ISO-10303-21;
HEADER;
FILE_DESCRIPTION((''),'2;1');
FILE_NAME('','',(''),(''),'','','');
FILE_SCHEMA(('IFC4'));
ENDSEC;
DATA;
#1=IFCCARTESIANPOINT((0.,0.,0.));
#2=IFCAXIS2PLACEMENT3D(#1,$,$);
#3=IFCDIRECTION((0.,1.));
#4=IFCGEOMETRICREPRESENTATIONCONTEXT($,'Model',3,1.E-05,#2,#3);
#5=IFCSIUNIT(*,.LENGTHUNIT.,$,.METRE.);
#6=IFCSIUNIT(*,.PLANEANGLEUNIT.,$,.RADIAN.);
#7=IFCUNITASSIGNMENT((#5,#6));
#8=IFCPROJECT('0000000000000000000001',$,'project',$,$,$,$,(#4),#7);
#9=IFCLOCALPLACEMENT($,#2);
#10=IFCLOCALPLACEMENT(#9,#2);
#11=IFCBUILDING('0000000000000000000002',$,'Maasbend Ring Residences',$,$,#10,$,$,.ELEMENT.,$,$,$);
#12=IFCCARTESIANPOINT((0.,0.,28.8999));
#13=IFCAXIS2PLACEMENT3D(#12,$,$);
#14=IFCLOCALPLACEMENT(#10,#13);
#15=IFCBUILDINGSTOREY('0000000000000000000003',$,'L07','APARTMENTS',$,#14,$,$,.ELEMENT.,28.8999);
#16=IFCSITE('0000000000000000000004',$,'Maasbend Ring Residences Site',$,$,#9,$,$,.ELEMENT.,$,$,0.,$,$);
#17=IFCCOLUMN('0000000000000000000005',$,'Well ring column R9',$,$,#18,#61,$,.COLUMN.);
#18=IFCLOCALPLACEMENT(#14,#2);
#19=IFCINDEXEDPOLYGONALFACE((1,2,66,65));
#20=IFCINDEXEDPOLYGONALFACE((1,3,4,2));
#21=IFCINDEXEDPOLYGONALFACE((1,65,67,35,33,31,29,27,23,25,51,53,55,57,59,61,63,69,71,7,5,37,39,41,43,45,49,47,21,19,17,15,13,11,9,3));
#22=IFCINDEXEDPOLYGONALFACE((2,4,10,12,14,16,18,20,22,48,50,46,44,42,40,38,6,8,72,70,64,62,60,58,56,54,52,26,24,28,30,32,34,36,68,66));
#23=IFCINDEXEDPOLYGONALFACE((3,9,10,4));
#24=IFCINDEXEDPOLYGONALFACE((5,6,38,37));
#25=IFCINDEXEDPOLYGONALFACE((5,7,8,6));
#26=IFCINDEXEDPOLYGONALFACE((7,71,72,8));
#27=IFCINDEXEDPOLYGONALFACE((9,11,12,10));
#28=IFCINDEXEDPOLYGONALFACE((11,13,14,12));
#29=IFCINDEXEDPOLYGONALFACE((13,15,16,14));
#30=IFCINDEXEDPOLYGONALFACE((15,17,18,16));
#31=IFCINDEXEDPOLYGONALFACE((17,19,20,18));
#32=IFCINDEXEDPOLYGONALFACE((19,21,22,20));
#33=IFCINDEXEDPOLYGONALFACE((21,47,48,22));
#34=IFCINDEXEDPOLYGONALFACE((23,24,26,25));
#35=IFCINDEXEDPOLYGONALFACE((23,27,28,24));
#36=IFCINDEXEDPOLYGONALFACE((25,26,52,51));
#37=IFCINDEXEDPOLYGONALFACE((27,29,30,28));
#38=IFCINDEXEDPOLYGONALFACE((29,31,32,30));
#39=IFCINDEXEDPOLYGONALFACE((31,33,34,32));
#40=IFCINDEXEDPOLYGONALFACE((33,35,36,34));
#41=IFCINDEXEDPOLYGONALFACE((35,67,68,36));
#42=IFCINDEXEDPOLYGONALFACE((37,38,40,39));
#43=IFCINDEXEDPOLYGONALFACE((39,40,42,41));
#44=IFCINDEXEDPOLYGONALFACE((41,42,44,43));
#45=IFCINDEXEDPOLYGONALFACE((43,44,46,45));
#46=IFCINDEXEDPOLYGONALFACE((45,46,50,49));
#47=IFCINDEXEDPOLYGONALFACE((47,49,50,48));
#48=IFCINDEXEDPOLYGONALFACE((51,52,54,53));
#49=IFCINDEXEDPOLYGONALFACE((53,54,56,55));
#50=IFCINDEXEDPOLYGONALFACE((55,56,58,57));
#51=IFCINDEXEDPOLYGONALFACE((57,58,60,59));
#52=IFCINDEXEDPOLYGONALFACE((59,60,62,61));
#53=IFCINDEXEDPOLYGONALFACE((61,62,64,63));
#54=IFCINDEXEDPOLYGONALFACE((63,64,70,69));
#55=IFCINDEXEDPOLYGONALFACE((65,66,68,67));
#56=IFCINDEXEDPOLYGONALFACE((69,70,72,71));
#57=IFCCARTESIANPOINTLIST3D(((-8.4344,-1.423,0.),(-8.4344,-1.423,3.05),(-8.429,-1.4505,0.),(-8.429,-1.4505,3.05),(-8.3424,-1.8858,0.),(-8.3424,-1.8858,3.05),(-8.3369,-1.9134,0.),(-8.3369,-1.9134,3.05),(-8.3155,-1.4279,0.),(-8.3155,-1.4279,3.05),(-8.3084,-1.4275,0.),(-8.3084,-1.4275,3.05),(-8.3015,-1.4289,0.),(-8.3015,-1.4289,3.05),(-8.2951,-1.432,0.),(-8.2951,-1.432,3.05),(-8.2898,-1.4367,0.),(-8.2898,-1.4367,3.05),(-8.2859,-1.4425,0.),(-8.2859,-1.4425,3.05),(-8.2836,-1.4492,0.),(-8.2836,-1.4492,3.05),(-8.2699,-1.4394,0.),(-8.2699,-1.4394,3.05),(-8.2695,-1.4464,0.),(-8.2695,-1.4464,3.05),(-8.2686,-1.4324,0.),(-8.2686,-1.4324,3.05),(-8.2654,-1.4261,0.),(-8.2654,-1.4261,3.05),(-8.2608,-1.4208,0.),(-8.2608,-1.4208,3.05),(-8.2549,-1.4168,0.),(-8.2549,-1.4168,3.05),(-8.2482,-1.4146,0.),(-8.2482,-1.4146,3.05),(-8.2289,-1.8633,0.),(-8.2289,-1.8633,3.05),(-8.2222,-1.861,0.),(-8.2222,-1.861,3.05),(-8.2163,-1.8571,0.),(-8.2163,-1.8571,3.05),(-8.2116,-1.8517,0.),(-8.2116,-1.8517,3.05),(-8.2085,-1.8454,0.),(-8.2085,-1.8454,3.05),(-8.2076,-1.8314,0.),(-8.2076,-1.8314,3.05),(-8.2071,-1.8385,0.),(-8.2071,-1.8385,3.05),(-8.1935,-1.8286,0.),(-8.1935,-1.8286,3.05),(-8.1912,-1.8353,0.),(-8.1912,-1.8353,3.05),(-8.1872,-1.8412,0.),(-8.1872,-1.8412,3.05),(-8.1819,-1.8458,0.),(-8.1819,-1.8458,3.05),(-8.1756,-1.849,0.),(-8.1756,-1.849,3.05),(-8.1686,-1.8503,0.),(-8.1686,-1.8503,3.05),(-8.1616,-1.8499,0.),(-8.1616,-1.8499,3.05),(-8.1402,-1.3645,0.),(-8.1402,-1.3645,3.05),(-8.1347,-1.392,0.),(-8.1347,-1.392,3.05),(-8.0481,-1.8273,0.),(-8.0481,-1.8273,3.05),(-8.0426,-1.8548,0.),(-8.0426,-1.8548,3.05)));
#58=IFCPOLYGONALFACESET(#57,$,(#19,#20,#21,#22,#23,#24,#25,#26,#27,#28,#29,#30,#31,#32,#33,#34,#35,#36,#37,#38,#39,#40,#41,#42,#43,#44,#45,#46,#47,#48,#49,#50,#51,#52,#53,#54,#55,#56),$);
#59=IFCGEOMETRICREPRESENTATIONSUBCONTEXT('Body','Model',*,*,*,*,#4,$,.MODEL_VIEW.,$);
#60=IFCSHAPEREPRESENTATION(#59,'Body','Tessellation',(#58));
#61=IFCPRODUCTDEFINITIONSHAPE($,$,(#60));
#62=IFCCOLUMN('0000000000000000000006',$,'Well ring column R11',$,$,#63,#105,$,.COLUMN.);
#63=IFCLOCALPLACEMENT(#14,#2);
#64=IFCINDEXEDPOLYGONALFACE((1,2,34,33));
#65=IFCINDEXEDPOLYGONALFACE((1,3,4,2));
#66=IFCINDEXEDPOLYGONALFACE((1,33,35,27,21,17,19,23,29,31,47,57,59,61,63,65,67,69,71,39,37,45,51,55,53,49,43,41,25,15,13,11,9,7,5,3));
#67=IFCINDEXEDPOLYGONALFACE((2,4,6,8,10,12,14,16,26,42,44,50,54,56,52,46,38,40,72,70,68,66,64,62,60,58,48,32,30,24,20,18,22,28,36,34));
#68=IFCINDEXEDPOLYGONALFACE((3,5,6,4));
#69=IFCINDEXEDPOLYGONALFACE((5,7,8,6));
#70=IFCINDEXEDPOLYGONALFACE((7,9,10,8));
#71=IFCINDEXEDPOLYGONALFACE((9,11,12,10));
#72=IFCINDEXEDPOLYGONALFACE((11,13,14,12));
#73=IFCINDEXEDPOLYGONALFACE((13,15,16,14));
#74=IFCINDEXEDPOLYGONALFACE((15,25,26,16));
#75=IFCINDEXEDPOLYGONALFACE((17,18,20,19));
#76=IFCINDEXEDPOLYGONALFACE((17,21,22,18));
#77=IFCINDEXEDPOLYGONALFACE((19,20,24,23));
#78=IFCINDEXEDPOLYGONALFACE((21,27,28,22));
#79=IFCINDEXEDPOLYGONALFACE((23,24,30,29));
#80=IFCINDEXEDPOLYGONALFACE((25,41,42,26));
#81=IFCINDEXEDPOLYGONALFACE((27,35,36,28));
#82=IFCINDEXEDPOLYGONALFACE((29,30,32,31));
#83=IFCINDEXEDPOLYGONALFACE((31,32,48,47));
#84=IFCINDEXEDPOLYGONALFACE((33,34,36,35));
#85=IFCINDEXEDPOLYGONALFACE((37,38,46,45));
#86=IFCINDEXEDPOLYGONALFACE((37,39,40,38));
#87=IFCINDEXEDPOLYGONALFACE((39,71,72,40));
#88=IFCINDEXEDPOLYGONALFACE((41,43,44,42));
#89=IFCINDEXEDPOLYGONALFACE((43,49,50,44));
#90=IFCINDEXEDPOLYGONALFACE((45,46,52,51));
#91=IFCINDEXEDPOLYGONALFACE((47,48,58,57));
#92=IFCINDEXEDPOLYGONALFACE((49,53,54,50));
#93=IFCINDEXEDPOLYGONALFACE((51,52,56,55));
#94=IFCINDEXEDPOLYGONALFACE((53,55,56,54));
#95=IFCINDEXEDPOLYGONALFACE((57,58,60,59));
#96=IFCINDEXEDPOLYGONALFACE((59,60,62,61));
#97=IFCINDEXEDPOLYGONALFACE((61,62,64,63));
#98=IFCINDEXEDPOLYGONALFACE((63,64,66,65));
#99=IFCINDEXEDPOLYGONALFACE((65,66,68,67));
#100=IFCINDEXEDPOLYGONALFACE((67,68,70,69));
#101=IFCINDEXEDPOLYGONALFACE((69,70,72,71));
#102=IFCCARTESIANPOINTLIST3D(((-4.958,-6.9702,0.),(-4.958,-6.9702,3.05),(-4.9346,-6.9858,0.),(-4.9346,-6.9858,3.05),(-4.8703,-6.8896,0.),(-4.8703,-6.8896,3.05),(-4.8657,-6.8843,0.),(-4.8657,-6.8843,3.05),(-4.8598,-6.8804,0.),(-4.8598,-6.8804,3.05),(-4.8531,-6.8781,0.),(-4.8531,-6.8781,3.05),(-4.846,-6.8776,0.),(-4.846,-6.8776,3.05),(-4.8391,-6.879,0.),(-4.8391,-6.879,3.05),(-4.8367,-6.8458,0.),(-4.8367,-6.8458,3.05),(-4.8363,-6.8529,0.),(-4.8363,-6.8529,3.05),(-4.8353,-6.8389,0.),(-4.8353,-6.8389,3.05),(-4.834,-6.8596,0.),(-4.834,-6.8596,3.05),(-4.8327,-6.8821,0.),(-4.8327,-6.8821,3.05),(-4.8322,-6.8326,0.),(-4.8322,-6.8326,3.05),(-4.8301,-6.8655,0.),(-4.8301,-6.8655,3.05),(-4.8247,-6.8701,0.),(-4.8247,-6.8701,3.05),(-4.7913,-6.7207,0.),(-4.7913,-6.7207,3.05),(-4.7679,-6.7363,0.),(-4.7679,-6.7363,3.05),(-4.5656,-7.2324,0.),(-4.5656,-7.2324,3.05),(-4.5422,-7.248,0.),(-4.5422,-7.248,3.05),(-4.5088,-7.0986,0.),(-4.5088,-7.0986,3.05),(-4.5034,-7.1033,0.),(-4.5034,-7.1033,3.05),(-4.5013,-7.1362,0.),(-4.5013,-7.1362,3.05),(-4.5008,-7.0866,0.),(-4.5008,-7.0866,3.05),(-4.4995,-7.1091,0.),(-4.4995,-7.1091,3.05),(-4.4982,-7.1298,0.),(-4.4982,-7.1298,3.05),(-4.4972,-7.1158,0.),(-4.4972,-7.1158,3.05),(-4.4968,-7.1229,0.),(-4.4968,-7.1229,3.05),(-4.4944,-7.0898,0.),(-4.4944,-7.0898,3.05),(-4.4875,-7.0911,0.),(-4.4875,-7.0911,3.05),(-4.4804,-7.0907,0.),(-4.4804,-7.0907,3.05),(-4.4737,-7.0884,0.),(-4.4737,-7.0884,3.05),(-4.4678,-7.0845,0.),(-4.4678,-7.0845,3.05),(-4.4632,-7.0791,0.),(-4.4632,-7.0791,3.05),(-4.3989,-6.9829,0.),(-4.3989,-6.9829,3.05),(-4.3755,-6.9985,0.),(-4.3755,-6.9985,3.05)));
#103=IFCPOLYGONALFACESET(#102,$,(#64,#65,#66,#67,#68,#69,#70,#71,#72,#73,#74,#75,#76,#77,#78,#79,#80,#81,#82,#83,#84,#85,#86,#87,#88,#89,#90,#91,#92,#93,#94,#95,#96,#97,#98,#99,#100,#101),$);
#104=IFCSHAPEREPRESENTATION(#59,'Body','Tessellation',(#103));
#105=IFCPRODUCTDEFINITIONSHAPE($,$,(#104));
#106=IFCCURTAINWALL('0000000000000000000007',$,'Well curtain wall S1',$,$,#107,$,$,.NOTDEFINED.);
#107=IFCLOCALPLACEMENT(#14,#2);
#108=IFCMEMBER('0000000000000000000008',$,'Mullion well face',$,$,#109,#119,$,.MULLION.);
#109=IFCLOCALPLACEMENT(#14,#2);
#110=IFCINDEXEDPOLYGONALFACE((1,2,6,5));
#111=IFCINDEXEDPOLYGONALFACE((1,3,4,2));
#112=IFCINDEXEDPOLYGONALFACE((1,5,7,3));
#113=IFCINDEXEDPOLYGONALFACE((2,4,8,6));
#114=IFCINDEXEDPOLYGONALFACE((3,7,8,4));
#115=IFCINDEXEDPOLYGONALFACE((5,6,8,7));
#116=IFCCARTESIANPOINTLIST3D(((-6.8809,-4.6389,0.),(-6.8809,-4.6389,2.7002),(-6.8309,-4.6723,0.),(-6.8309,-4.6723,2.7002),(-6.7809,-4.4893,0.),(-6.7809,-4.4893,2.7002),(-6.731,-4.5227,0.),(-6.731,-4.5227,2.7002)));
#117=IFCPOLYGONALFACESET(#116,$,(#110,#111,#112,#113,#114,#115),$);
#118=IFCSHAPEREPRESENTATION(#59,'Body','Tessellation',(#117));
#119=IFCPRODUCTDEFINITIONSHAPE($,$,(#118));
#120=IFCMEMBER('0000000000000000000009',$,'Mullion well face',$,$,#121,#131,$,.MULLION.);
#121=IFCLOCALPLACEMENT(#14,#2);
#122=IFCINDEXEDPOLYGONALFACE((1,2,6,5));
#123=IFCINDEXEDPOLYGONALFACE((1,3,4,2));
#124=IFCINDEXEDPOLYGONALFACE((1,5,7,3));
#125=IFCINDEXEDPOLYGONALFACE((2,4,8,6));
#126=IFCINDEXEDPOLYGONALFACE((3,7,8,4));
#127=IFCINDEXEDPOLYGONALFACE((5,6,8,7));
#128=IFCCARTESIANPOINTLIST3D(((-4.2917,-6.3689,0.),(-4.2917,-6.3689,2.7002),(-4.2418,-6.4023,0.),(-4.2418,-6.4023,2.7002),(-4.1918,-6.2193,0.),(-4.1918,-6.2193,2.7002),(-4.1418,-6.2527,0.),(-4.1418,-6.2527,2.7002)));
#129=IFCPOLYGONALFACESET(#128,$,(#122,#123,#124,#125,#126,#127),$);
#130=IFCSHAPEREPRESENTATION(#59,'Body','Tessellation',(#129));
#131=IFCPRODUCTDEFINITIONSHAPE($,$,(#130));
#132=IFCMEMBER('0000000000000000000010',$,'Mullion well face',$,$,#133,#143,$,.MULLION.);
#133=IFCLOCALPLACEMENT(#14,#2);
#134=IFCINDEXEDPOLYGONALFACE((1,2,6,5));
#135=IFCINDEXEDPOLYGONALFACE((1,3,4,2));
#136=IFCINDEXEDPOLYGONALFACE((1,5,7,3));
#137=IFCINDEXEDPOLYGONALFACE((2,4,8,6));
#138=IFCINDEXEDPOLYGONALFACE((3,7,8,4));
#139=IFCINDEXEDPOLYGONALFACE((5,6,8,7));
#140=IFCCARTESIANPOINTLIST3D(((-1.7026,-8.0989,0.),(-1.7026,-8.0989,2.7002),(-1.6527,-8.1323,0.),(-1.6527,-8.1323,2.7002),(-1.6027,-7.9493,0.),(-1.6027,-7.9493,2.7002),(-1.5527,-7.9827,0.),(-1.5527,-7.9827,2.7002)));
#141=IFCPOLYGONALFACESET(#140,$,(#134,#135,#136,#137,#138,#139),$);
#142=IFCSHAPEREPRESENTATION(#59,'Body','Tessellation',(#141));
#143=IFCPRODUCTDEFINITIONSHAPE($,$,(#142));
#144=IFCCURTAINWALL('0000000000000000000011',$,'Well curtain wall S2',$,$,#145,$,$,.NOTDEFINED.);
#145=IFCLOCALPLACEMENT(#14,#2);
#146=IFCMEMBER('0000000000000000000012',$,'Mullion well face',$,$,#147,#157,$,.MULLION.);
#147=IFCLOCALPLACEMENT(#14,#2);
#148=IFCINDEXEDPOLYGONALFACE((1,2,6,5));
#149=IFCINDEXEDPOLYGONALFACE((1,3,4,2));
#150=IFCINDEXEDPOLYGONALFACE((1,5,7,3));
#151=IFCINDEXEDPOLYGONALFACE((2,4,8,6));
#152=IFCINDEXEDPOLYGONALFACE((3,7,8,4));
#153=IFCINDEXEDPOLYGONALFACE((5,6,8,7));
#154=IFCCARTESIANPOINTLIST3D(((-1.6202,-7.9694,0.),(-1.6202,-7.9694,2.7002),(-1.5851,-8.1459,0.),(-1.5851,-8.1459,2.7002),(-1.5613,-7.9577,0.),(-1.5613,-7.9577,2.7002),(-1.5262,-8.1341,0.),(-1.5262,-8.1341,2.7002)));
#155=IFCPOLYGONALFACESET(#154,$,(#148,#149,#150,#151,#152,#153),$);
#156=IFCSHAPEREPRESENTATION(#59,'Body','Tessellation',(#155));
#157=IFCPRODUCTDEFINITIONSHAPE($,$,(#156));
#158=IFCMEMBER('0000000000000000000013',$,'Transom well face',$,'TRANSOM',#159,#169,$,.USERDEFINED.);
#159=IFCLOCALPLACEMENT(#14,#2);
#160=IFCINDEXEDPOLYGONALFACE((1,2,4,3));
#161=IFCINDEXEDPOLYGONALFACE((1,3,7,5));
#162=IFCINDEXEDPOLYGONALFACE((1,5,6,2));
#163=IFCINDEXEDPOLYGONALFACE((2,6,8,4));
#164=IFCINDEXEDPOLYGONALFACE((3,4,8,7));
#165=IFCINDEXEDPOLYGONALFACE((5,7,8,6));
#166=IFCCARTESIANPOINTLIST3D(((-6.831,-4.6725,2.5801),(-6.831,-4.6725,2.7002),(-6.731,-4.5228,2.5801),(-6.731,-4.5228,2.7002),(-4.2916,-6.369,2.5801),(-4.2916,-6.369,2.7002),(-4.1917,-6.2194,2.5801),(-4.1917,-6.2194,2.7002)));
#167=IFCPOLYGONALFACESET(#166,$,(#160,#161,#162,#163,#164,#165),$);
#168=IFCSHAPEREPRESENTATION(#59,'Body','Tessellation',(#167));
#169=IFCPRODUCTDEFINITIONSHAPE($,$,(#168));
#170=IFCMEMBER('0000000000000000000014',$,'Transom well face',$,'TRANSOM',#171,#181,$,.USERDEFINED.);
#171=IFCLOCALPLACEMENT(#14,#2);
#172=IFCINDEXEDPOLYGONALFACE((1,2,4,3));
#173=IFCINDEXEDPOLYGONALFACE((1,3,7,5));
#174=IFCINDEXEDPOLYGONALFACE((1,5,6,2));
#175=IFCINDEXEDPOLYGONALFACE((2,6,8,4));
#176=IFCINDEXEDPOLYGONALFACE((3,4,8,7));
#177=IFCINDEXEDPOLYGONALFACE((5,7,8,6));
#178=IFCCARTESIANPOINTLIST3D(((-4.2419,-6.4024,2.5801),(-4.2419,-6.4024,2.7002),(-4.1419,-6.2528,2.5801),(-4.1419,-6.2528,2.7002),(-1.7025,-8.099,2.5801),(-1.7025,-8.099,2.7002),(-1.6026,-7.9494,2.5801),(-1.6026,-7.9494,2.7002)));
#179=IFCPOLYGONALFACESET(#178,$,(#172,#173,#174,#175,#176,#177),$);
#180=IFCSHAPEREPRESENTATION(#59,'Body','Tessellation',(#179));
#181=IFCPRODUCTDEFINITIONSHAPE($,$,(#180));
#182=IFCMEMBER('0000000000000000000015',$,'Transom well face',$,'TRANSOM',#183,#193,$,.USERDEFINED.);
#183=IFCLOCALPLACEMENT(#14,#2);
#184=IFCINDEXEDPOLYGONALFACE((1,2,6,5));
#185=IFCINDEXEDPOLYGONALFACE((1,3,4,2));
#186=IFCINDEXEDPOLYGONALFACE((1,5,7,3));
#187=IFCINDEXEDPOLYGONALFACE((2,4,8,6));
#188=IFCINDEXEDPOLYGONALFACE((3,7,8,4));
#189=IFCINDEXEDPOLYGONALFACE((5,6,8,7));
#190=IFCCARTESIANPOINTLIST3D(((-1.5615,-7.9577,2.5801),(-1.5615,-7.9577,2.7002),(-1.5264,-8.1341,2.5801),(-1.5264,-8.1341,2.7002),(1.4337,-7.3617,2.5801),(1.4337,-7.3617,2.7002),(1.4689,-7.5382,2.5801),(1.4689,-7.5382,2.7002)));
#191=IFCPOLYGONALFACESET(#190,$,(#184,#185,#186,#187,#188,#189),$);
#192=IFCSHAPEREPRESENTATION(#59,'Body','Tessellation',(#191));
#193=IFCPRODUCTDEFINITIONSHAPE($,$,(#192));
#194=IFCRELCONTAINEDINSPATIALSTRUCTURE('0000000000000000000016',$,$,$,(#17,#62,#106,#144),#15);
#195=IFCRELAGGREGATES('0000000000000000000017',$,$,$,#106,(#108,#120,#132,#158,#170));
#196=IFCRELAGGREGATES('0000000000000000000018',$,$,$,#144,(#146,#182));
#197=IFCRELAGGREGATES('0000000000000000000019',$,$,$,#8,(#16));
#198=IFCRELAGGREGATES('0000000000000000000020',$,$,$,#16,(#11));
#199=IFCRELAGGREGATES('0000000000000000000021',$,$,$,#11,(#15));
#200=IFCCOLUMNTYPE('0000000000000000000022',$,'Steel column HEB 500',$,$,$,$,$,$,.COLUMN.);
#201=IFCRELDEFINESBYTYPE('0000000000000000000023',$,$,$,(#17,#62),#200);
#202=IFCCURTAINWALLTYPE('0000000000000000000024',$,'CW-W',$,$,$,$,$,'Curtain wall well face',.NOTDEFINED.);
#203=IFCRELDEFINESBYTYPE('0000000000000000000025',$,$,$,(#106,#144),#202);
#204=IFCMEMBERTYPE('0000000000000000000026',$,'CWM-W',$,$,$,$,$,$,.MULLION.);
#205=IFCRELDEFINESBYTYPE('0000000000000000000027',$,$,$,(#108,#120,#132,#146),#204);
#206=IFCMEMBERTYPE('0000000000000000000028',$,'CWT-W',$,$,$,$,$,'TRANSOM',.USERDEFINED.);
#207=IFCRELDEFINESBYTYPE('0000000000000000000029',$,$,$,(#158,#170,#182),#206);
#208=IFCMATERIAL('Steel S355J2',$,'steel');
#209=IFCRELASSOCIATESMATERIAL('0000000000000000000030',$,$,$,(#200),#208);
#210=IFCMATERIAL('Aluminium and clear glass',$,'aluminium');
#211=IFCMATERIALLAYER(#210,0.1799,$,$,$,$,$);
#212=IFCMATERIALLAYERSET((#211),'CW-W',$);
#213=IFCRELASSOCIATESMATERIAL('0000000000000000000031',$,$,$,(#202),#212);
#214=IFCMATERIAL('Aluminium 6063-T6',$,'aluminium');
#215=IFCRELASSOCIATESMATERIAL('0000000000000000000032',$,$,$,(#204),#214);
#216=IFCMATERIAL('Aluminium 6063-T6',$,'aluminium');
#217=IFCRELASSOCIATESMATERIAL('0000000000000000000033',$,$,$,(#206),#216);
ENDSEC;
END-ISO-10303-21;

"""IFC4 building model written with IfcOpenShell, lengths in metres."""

from ifc_helpers import new_model, si_unit, direction, frame, origin, origin_2d, place, context, subcontext, project, spatial, rectangle, i_section, extrude, material, layer, layer_set, material_profile, profile_set, type_object, element, aggregate, save


model = new_model("IFC4")

# Units and contexts
model_context = context("Model", 3, precision=1e-05, world=origin(), true_north=direction((0.0, 1.0)))
body_context = subcontext(model_context, "Body", "Model", "MODEL_VIEW")
ifc_project = project(units=[si_unit("LENGTHUNIT", "METRE"), si_unit("PLANEANGLEUNIT", "RADIAN")], contexts=[model_context])

# Site, building, storey
site_placement = place(None, origin())
site = spatial("IfcSite", under=ifc_project, at=site_placement, Name="Maasbend Ring Residences Site", CompositionType="ELEMENT", RefElevation=0.0)
building_placement = place(site_placement, origin())
building = spatial("IfcBuilding", under=site, at=building_placement, Name="Maasbend Ring Residences", CompositionType="ELEMENT")
storey_placement = place(building_placement, frame((0.0, 0.0, 28.8999)))
storey = spatial("IfcBuildingStorey", under=building, at=storey_placement, Name="L07", Description="APARTMENTS", CompositionType="ELEMENT", Elevation=28.8999)

# Columns
ifc_material_1 = material(Name="Steel S355J2", Category="steel")
ifc_material_profile_1 = material_profile(ifc_material_1, i_section(OverallWidth=0.3, OverallDepth=0.5, WebThickness=0.0144, FlangeThickness=0.0281, FilletRadius=0.0271, at=origin_2d()), Name="HEB 500")
ifc_profile_set_1 = profile_set([ifc_material_profile_1], Name="Steel S355J2")
column_type = type_object("IfcColumnType", Name="Steel column HEB 500", PredefinedType="COLUMN", material=ifc_profile_set_1)
for number, where, z_axis, x_axis, name in (
    (1, (-8.2385, -1.6389, 0.0), (0.0, 0.0, 1.0), (-0.980785, -0.19509, 0.0), "Well ring column R9"),
    (2, (-4.6667, -6.9844, 0.0), (0.0, 0.0, 1.0), (-0.55557, -0.83147, 0.0), "Well ring column R11"),
):
    element("IfcColumn", number, at=place(storey_placement, frame(where, z_axis=z_axis, x_axis=x_axis)), inside=storey, type_object=column_type, Name=name, PredefinedType="COLUMN", context=body_context, shape_type="SweptSolid", body=[
        extrude(i_section(OverallWidth=0.3, OverallDepth=0.5, WebThickness=0.0144, FlangeThickness=0.0281, FilletRadius=0.0271, at=origin_2d()), origin(), (0.0, 0.0, 1.0), 3.05),
    ])

# Curtain wall, members
ifc_material_2 = material(Name="Aluminium and clear glass", Category="aluminium")
ifc_layer_1 = layer(ifc_material_2, 0.1799)
ifc_layer_set_1 = layer_set([ifc_layer_1], Name="CW-W")
curtain_wall_type = type_object("IfcCurtainWallType", Name="CW-W", ElementType="Curtain wall well face", PredefinedType="NOTDEFINED", material=ifc_layer_set_1)
curtain_wall_1_placement = place(storey_placement, origin())
curtain_wall_1 = element("IfcCurtainWall", 3, at=curtain_wall_1_placement, inside=storey, type_object=curtain_wall_type, Name="Well curtain wall S1", PredefinedType="NOTDEFINED")
ifc_material_3 = material(Name="Aluminium 6063-T6", Category="aluminium")
ifc_material_profile_2 = material_profile(ifc_material_3, rectangle(XDim=0.1799, YDim=0.0601, at=origin_2d()), Name="AL 180x60")
ifc_profile_set_2 = profile_set([ifc_material_profile_2], Name="Aluminium 6063-T6")
member_type_1 = type_object("IfcMemberType", Name="CWM-W", PredefinedType="MULLION", material=ifc_profile_set_2)
member_1_placement = place(storey_placement, frame((-6.8059, -4.5808, 0.0), z_axis=(0.0, 0.0, 1.0), x_axis=(0.55557, 0.83147, 0.0)))
member_1 = element("IfcMember", 4, at=member_1_placement, type_object=member_type_1, Name="Mullion well face", PredefinedType="MULLION", context=body_context, shape_type="SweptSolid", body=[
    extrude(rectangle(XDim=0.1799, YDim=0.0601, at=origin_2d()), origin(), (0.0, 0.0, 1.0), 2.7002),
])
member_2_placement = place(storey_placement, frame((-4.2168, -6.3108, 0.0), z_axis=(0.0, 0.0, 1.0), x_axis=(0.55557, 0.83147, 0.0)))
member_2 = element("IfcMember", 5, at=member_2_placement, type_object=member_type_1, Name="Mullion well face", PredefinedType="MULLION", context=body_context, shape_type="SweptSolid", body=[
    extrude(rectangle(XDim=0.1799, YDim=0.0601, at=origin_2d()), origin(), (0.0, 0.0, 1.0), 2.7002),
])
member_3_placement = place(storey_placement, frame((-1.6277, -8.0408, 0.0), z_axis=(0.0, 0.0, 1.0), x_axis=(0.55557, 0.83147, 0.0)))
member_3 = element("IfcMember", 6, at=member_3_placement, type_object=member_type_1, Name="Mullion well face", PredefinedType="MULLION", context=body_context, shape_type="SweptSolid", body=[
    extrude(rectangle(XDim=0.1799, YDim=0.0601, at=origin_2d()), origin(), (0.0, 0.0, 1.0), 2.7002),
])

# Curtain wall, member
curtain_wall_2_placement = place(storey_placement, origin())
curtain_wall_2 = element("IfcCurtainWall", 7, at=curtain_wall_2_placement, inside=storey, type_object=curtain_wall_type, Name="Well curtain wall S2", PredefinedType="NOTDEFINED")
member_4_placement = place(storey_placement, frame((-1.5732, -8.0518, 0.0), z_axis=(0.0, 0.0, 1.0), x_axis=(-0.19509, 0.980785, 0.0)))
member_4 = element("IfcMember", 8, at=member_4_placement, type_object=member_type_1, Name="Mullion well face", PredefinedType="MULLION", context=body_context, shape_type="SweptSolid", body=[
    extrude(rectangle(XDim=0.1799, YDim=0.0601, at=origin_2d()), origin(), (0.0, 0.0, 1.0), 2.7002),
])

# Members
ifc_material_4 = material(Name="Aluminium 6063-T6", Category="aluminium")
ifc_material_profile_3 = material_profile(ifc_material_4, rectangle(XDim=0.1799, YDim=0.1201, at=origin_2d()), Name="AL 180x120")
ifc_profile_set_3 = profile_set([ifc_material_profile_3], Name="Aluminium 6063-T6")
member_type_2 = type_object("IfcMemberType", Name="CWT-W", ElementType="TRANSOM", PredefinedType="USERDEFINED", material=ifc_profile_set_3)
member_5_placement = place(storey_placement, frame((-6.781, -4.5977, 2.6401), z_axis=(0.831496, -0.55553, 0.0), x_axis=(0.55553, 0.831496, 0.0)))
member_5 = element("IfcMember", 9, at=member_5_placement, type_object=member_type_2, Name="Transom well face", ObjectType="TRANSOM", PredefinedType="USERDEFINED", context=body_context, shape_type="SweptSolid", body=[
    extrude(rectangle(XDim=0.1799, YDim=0.1201, at=origin_2d()), origin(), (0.0, 0.0, 1.0), 3.054),
])
member_6_placement = place(storey_placement, frame((-4.1919, -6.3276, 2.6401), z_axis=(0.831496, -0.55553, 0.0), x_axis=(0.55553, 0.831496, 0.0)))
member_6 = element("IfcMember", 10, at=member_6_placement, type_object=member_type_2, Name="Transom well face", ObjectType="TRANSOM", PredefinedType="USERDEFINED", context=body_context, shape_type="SweptSolid", body=[
    extrude(rectangle(XDim=0.1799, YDim=0.1201, at=origin_2d()), origin(), (0.0, 0.0, 1.0), 3.054),
])
member_7_placement = place(storey_placement, frame((-1.5439, -8.0459, 2.6401), z_axis=(0.980777, 0.195132, 0.0), x_axis=(-0.195132, 0.980777, 0.0)))
member_7 = element("IfcMember", 11, at=member_7_placement, type_object=member_type_2, Name="Transom well face", ObjectType="TRANSOM", PredefinedType="USERDEFINED", context=body_context, shape_type="SweptSolid", body=[
    extrude(rectangle(XDim=0.1799, YDim=0.1201, at=origin_2d()), origin(), (0.0, 0.0, 1.0), 3.054),
])

aggregate(curtain_wall_1, [member_1, member_2, member_3, member_5, member_6])
aggregate(curtain_wall_2, [member_4, member_7])

save(model, "model.ifc")
